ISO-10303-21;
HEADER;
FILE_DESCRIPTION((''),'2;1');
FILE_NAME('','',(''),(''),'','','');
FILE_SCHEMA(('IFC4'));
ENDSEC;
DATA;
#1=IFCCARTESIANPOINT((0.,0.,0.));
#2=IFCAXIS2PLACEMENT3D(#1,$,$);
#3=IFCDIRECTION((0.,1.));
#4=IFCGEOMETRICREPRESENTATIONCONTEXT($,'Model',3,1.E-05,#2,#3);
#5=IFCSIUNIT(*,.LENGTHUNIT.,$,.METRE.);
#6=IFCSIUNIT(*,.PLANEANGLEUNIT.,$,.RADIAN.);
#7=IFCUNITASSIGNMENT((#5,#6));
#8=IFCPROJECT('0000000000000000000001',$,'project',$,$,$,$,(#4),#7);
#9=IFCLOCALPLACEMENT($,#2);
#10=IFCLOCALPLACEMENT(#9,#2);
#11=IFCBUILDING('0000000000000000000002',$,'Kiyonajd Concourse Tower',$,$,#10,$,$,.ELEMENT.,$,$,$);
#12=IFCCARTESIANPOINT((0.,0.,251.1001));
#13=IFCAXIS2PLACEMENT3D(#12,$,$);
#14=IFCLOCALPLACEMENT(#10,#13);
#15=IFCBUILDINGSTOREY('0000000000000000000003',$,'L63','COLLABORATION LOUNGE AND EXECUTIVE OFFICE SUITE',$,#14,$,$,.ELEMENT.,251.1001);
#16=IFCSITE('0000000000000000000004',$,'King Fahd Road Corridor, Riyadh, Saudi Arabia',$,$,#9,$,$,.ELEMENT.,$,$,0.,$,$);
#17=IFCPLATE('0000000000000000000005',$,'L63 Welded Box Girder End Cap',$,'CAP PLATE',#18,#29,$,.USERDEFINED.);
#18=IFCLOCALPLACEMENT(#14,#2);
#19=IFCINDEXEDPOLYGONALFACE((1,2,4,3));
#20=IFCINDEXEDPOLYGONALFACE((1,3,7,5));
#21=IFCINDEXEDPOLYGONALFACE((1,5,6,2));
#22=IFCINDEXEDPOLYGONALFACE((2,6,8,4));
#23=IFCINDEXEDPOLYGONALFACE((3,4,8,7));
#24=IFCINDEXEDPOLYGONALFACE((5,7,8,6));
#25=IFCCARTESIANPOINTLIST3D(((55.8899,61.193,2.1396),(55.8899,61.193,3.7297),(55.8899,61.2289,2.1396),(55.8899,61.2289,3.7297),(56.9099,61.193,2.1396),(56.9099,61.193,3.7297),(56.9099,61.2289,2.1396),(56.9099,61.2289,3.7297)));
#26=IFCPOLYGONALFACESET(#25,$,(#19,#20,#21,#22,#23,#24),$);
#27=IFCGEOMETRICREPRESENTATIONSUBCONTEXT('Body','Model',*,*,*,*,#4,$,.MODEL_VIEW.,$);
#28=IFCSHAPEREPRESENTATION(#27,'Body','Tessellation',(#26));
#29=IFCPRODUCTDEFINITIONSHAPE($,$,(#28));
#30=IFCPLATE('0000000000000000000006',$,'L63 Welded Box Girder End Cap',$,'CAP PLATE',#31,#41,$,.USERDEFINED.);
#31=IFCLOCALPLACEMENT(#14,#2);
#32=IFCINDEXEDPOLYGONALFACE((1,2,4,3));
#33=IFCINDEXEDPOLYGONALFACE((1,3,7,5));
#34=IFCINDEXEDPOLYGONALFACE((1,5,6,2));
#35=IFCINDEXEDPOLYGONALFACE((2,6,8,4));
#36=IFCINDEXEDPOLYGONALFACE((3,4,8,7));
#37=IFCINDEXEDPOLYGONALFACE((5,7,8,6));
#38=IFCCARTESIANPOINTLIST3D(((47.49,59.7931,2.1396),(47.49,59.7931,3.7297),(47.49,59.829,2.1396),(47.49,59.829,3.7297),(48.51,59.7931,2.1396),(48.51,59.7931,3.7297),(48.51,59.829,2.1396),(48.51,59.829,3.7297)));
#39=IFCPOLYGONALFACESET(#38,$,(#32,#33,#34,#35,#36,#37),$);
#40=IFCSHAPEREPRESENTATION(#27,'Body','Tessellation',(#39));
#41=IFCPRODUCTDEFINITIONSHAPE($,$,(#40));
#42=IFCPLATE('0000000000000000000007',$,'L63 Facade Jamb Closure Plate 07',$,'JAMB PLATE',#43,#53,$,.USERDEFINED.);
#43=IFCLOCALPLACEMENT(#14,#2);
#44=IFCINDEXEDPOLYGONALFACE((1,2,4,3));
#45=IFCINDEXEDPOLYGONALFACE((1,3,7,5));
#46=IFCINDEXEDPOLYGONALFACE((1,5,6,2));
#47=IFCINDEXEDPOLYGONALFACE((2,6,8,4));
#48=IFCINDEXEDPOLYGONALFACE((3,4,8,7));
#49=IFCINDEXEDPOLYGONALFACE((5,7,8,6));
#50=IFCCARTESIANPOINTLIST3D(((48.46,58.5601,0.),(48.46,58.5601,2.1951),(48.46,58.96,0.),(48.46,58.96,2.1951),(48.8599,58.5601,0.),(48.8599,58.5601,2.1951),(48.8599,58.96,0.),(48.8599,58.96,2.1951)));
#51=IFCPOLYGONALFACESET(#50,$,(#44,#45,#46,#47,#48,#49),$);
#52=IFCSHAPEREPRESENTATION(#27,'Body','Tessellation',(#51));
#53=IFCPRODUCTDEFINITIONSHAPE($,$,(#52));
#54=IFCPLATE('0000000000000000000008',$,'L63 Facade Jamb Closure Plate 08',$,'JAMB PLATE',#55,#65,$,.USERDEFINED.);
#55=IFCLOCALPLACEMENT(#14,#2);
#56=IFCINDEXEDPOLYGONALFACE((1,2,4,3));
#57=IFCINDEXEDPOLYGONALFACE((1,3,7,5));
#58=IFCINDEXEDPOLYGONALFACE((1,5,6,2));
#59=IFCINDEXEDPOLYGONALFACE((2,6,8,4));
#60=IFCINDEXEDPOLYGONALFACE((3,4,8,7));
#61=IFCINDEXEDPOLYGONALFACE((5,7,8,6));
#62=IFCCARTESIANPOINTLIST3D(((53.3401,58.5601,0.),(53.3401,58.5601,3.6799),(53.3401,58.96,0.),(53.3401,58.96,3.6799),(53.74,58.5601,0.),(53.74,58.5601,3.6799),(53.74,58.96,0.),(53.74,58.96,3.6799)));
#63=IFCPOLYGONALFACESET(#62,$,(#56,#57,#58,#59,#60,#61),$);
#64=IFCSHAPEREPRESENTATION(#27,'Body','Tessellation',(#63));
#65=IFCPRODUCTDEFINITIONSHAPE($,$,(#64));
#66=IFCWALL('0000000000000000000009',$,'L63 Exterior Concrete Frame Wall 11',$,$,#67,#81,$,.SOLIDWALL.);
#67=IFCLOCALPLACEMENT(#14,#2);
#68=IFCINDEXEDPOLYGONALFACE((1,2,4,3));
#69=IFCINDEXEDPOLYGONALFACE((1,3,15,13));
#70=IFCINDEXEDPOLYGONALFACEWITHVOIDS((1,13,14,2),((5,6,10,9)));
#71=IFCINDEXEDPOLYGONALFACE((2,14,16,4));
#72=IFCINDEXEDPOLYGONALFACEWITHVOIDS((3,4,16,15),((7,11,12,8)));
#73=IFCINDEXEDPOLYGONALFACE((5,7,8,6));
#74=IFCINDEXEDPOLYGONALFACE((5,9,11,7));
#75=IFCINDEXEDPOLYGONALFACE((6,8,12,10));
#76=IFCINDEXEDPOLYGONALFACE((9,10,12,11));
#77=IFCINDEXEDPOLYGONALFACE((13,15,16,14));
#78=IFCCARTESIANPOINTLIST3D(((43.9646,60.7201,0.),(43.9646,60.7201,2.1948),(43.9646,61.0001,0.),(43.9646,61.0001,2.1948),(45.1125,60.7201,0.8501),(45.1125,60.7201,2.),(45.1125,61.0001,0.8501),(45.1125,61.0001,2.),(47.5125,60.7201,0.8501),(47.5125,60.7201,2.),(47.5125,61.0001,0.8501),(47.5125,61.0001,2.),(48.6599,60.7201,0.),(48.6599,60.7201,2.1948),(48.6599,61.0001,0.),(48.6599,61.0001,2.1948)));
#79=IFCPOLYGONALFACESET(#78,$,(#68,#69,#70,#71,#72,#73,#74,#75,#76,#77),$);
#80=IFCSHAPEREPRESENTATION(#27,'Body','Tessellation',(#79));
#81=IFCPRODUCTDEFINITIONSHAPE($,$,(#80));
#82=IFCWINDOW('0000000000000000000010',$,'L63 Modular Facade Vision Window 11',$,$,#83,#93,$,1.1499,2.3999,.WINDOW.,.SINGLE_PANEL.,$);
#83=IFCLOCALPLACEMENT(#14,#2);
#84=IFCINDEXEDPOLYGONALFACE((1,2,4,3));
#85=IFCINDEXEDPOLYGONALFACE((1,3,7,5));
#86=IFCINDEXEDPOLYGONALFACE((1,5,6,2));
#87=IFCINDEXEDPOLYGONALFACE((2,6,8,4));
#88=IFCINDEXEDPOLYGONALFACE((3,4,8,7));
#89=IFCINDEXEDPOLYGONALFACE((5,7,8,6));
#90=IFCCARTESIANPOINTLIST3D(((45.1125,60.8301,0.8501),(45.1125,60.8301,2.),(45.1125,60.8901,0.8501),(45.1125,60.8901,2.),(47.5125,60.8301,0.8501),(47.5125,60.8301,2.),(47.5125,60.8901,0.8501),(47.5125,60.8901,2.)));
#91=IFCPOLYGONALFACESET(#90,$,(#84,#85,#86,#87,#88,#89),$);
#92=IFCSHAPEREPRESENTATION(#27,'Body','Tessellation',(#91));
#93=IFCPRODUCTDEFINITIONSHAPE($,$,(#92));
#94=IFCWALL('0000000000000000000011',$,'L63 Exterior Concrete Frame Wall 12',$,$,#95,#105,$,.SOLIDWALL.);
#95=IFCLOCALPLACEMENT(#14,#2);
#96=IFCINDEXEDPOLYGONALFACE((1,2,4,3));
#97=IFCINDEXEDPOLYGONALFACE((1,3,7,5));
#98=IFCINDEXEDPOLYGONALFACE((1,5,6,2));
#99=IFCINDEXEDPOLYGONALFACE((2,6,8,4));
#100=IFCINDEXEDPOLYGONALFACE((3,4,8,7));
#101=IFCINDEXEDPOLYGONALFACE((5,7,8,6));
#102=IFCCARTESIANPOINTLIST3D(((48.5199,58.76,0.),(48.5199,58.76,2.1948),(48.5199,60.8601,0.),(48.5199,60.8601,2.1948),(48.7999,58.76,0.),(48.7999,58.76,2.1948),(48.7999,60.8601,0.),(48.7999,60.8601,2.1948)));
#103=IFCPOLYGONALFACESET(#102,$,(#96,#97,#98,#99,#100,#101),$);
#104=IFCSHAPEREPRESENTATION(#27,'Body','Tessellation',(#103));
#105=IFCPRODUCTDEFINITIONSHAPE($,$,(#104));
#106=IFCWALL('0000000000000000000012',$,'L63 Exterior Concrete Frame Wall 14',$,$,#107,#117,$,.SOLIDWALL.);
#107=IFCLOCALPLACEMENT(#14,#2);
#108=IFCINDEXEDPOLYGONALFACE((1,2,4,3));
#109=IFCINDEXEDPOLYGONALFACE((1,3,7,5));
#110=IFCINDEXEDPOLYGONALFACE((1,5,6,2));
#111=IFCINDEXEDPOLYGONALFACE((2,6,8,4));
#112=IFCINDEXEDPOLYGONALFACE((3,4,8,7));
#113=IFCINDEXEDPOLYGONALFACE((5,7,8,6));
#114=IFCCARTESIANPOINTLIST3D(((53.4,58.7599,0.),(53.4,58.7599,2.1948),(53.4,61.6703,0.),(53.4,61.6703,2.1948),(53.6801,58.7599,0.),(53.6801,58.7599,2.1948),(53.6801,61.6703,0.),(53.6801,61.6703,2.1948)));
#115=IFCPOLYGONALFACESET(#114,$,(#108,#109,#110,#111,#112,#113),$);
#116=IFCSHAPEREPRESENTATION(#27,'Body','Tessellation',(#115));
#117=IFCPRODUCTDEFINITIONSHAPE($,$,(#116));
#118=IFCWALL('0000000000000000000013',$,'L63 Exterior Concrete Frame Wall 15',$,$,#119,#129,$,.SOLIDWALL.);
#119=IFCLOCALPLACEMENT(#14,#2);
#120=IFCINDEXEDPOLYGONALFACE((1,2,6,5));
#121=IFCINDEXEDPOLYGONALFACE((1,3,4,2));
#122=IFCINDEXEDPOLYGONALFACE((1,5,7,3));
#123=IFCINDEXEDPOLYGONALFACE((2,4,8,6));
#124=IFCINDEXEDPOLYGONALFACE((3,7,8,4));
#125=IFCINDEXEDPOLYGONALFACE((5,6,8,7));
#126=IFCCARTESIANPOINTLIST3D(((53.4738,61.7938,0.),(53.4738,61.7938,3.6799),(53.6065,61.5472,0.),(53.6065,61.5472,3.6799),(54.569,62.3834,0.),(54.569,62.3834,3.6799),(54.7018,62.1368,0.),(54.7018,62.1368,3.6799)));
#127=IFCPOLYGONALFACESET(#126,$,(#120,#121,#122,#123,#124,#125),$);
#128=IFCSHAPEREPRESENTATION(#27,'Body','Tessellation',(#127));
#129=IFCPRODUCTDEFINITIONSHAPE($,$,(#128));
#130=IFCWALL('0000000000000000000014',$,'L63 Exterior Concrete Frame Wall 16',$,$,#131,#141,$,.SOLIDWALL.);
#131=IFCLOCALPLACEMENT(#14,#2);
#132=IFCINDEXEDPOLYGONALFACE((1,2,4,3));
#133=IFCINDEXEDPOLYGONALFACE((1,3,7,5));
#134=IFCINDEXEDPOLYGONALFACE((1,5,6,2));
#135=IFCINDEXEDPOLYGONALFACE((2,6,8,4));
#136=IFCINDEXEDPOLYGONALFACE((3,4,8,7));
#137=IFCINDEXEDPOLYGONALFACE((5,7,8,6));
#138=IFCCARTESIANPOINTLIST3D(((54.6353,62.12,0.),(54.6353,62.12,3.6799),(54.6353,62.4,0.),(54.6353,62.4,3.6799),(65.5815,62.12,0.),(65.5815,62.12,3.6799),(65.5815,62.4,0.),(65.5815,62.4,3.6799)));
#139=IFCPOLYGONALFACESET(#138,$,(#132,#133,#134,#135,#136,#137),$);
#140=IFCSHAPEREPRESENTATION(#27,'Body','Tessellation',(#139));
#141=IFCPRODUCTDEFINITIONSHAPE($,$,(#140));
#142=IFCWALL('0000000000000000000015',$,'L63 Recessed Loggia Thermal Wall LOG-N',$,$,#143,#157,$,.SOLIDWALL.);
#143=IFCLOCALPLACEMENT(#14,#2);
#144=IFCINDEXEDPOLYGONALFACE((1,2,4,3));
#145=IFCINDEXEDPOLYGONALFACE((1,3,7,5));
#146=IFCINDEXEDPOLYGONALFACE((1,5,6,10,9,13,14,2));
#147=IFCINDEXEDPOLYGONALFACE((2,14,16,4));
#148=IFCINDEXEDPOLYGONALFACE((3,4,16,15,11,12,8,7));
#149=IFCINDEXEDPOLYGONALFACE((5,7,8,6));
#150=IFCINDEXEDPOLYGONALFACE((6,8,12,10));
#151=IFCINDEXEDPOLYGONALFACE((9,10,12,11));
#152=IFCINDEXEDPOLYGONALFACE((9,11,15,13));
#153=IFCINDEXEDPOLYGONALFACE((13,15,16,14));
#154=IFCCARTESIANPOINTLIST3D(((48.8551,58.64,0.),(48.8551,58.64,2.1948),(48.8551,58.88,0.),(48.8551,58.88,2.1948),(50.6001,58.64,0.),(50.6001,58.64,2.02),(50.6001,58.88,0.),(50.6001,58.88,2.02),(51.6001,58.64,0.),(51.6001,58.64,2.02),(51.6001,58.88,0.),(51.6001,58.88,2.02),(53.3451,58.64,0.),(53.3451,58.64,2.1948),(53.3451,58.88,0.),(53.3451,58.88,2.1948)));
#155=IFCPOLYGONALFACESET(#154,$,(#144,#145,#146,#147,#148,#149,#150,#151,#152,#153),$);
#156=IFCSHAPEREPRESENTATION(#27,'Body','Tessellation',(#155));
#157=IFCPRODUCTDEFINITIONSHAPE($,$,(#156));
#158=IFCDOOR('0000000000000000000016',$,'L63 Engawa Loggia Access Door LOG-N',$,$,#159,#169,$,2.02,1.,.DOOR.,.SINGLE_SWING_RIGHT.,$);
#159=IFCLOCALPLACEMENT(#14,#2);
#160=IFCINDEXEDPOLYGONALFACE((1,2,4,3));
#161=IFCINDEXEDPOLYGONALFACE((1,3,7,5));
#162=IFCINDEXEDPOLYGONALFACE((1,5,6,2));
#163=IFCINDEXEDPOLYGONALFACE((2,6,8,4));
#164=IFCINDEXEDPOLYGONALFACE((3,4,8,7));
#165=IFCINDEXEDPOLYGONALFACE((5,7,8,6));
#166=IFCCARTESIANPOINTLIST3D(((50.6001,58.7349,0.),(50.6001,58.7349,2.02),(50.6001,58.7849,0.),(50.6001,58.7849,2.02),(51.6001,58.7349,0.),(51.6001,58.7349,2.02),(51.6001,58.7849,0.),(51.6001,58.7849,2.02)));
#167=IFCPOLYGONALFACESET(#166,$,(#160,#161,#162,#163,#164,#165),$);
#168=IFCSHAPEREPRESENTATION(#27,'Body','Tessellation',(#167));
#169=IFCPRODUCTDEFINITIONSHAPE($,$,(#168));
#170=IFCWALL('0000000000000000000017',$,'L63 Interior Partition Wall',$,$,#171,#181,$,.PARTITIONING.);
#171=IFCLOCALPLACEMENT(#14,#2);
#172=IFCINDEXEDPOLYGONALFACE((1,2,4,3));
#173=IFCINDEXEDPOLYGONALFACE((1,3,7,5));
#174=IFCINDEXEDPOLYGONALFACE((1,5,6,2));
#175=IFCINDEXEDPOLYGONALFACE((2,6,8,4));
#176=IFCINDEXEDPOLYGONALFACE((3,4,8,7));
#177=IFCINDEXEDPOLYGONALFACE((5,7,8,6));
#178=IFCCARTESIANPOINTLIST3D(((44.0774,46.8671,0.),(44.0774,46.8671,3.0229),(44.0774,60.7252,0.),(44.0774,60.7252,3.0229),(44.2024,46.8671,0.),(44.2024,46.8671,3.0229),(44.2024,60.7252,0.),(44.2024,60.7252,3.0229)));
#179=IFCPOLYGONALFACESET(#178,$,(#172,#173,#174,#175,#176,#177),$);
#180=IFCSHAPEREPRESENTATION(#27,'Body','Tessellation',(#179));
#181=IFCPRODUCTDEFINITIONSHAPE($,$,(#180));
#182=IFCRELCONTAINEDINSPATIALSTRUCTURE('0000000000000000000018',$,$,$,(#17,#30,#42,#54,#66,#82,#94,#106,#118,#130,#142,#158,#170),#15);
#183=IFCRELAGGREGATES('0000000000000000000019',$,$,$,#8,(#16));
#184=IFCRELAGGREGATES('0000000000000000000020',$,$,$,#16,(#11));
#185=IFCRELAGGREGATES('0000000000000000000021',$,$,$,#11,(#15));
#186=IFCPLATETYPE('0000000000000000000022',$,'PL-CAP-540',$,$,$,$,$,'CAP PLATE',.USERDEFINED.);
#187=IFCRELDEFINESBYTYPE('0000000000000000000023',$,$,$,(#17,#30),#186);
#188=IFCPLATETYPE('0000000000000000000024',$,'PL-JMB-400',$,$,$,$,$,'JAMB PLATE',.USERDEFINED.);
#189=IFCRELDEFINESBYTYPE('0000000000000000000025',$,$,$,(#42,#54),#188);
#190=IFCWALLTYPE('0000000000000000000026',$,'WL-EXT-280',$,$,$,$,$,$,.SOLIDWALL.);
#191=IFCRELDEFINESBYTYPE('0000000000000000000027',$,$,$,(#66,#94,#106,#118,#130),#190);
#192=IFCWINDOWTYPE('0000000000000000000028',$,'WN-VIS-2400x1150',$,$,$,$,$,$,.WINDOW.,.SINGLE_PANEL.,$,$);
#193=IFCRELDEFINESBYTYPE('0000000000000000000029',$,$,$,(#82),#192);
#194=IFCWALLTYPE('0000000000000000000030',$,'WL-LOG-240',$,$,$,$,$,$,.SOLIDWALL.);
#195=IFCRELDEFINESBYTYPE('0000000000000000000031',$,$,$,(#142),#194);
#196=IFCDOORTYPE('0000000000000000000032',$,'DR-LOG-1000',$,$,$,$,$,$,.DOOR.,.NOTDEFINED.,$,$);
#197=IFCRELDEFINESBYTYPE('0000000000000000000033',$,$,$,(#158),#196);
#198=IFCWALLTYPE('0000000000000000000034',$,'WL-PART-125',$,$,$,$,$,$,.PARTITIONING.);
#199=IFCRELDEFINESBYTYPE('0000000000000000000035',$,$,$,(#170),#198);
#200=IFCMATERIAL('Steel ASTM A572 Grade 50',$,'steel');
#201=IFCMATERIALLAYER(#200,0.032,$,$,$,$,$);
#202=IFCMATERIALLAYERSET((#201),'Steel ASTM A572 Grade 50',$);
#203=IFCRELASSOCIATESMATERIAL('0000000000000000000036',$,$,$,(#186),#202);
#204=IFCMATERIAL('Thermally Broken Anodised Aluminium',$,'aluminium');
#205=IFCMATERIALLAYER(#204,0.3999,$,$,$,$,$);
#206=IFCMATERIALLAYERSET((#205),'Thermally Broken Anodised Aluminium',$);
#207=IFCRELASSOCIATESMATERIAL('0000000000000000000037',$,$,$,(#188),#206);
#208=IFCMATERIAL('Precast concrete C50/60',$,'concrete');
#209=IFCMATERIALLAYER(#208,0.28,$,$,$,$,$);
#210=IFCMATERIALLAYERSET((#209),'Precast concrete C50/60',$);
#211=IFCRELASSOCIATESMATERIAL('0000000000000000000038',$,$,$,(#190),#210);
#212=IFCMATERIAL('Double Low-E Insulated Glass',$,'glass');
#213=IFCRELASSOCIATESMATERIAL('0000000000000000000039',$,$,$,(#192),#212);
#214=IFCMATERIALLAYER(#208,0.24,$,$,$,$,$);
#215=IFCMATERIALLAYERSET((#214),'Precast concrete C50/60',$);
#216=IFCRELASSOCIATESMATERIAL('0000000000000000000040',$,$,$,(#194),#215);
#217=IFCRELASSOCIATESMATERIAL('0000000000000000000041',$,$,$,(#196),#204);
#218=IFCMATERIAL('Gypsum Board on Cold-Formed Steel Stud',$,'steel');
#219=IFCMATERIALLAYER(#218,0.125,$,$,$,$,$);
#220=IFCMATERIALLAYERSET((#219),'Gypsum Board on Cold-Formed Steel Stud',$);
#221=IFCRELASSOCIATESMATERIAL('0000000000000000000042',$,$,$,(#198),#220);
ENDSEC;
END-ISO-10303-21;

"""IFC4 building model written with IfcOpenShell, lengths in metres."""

from ifc_helpers import new_model, si_unit, direction, frame, frame_2d, origin, origin_2d, place, context, subcontext, project, spatial, rectangle, extrude, material, layer, layer_set, type_object, element, fill, save


model = new_model("IFC4")

# Units and contexts
model_context = context("Model", 3, precision=1e-05, world=origin(), true_north=direction((0.0, 1.0)))
body_context = subcontext(model_context, "Body", "Model", "MODEL_VIEW")
ifc_project = project(units=[si_unit("LENGTHUNIT", "METRE"), si_unit("PLANEANGLEUNIT", "RADIAN")], contexts=[model_context])

# Site, building, storey
site_placement = place(None, origin())
site = spatial("IfcSite", under=ifc_project, at=site_placement, Name="King Fahd Road Corridor, Riyadh, Saudi Arabia", CompositionType="ELEMENT", RefElevation=0.0)
building_placement = place(site_placement, origin())
building = spatial("IfcBuilding", under=site, at=building_placement, Name="Kiyonajd Concourse Tower", CompositionType="ELEMENT")
storey_placement = place(building_placement, frame((0.0, 0.0, 251.1001)))
storey = spatial("IfcBuildingStorey", under=building, at=storey_placement, Name="L63", Description="COLLABORATION LOUNGE AND EXECUTIVE OFFICE SUITE", CompositionType="ELEMENT", Elevation=251.1001)

# Shared definitions
ifc_material_1 = material(Name="Steel ASTM A572 Grade 50", Category="steel")

# Plates
ifc_layer_1 = layer(ifc_material_1, 0.032)
ifc_layer_set_1 = layer_set([ifc_layer_1], Name="Steel ASTM A572 Grade 50")
plate_type_1 = type_object("IfcPlateType", Name="PL-CAP-540", ElementType="CAP PLATE", PredefinedType="USERDEFINED", material=ifc_layer_set_1)
for number, where, z_axis, x_axis, name in (
    (1, (56.3999, 61.2109, 2.1396), (0.0, 0.0, 1.0), (0.0, 1.0, 0.0), "L63 Welded Box Girder End Cap"),
    (2, (48.0, 59.811, 2.1396), (0.0, 0.0, 1.0), (0.0, 1.0, 0.0), "L63 Welded Box Girder End Cap"),
):
    element("IfcPlate", number, at=place(storey_placement, frame(where, z_axis=z_axis, x_axis=x_axis)), inside=storey, type_object=plate_type_1, Name=name, ObjectType="CAP PLATE", PredefinedType="USERDEFINED", context=body_context, shape_type="SweptSolid", body=[
        extrude(rectangle(XDim=0.0359, YDim=1.02, at=origin_2d()), origin(), (0.0, 0.0, 1.0), 1.5901),
    ])
ifc_material_2 = material(Name="Thermally Broken Anodised Aluminium", Category="aluminium")
ifc_layer_2 = layer(ifc_material_2, 0.3999)
ifc_layer_set_2 = layer_set([ifc_layer_2], Name="Thermally Broken Anodised Aluminium")
plate_type_2 = type_object("IfcPlateType", Name="PL-JMB-400", ElementType="JAMB PLATE", PredefinedType="USERDEFINED", material=ifc_layer_set_2)
plate_1_placement = place(storey_placement, frame((48.6599, 58.76, 0.0), z_axis=(0.0, 0.0, 1.0), x_axis=(1.0, 0.0, 0.0)))
element("IfcPlate", 3, at=plate_1_placement, inside=storey, type_object=plate_type_2, Name="L63 Facade Jamb Closure Plate 07", ObjectType="JAMB PLATE", PredefinedType="USERDEFINED", context=body_context, shape_type="SweptSolid", body=[
    extrude(rectangle(XDim=0.3999, YDim=0.3999, at=origin_2d()), origin(), (0.0, 0.0, 1.0), 2.1951),
])
plate_2_placement = place(storey_placement, frame((53.54, 58.76, 0.0), z_axis=(0.0, 0.0, 1.0), x_axis=(1.0, 0.0, 0.0)))
element("IfcPlate", 4, at=plate_2_placement, inside=storey, type_object=plate_type_2, Name="L63 Facade Jamb Closure Plate 08", ObjectType="JAMB PLATE", PredefinedType="USERDEFINED", context=body_context, shape_type="SweptSolid", body=[
    extrude(rectangle(XDim=0.3999, YDim=0.3999, at=origin_2d()), origin(), (0.0, 0.0, 1.0), 3.6799),
])

# Wall, opening, window
ifc_material_3 = material(Name="Precast concrete C50/60", Category="concrete")
ifc_layer_3 = layer(ifc_material_3, 0.28)
ifc_layer_set_3 = layer_set([ifc_layer_3], Name="Precast concrete C50/60")
wall_type_1 = type_object("IfcWallType", Name="WL-EXT-280", PredefinedType="SOLIDWALL", material=ifc_layer_set_3)
wall_1_placement = place(storey_placement, frame((43.9646, 60.8601, 0.0), z_axis=(0.0, 0.0, 1.0), x_axis=(1.0, 0.0, 0.0)))
wall_1 = element("IfcWall", 5, at=wall_1_placement, inside=storey, type_object=wall_type_1, Name="L63 Exterior Concrete Frame Wall 11", PredefinedType="SOLIDWALL", context=body_context, shape_type="SweptSolid", body=[
    extrude(rectangle(XDim=4.6953, YDim=0.28, at=frame_2d((2.3477, 0.0))), origin(), (0.0, 0.0, 1.0), 2.1948),
])
opening_1_placement = place(wall_1_placement, frame((1.1479, 0.0, 0.8501)))
opening_1 = element("IfcOpeningElement", 6, at=opening_1_placement, cuts=wall_1, PredefinedType="OPENING", context=body_context, shape_type="SweptSolid", body=[
    extrude(rectangle(XDim=2.3999, YDim=1.1499, at=frame_2d((1.2, 0.575))), frame((0.0, 0.1499, 0.0), z_axis=(0.0, -1.0, 0.0), x_axis=(1.0, 0.0, 0.0)), (0.0, 0.0, 1.0), 0.3),
])
ifc_material_4 = material(Name="Double Low-E Insulated Glass", Category="glass")
window_type = type_object("IfcWindowType", Name="WN-VIS-2400x1150", PartitioningType="SINGLE_PANEL", PredefinedType="WINDOW", material=ifc_material_4)
window_placement = place(opening_1_placement, origin())
window = element("IfcWindow", 7, at=window_placement, inside=storey, type_object=window_type, Name="L63 Modular Facade Vision Window 11", OverallHeight=1.1499, OverallWidth=2.3999, PartitioningType="SINGLE_PANEL", PredefinedType="WINDOW", context=body_context, shape_type="SweptSolid", body=[
    extrude(rectangle(XDim=2.3999, YDim=1.1499, at=frame_2d((1.2, 0.575))), frame((0.0, 0.03, 0.0), z_axis=(0.0, -1.0, 0.0), x_axis=(1.0, 0.0, 0.0)), (0.0, 0.0, 1.0), 0.0601),
])
fill(opening_1, window)

# Walls
wall_2_placement = place(storey_placement, frame((48.6599, 60.8601, 0.0), z_axis=(0.0, 0.0, 1.0), x_axis=(0.0, -1.0, 0.0)))
element("IfcWall", 8, at=wall_2_placement, inside=storey, type_object=wall_type_1, Name="L63 Exterior Concrete Frame Wall 12", PredefinedType="SOLIDWALL", context=body_context, shape_type="SweptSolid", body=[
    extrude(rectangle(XDim=2.1001, YDim=0.28, at=frame_2d((1.05, 0.0))), origin(), (0.0, 0.0, 1.0), 2.1948),
])
wall_3_placement = place(storey_placement, frame((53.54, 58.76, 0.0), z_axis=(0.0, 0.0, 1.0), x_axis=(0.0, 1.0, 0.0)))
element("IfcWall", 9, at=wall_3_placement, inside=storey, type_object=wall_type_1, Name="L63 Exterior Concrete Frame Wall 14", PredefinedType="SOLIDWALL", context=body_context, shape_type="SweptSolid", body=[
    extrude(rectangle(XDim=2.9104, YDim=0.28, at=frame_2d((1.4551, 0.0))), origin(), (0.0, 0.0, 1.0), 2.1948),
])
wall_4_placement = place(storey_placement, frame((53.54, 61.6704, 0.0), z_axis=(0.0, 0.0, 1.0), x_axis=(0.880515, 0.474018, 0.0)))
element("IfcWall", 10, at=wall_4_placement, inside=storey, type_object=wall_type_1, Name="L63 Exterior Concrete Frame Wall 15", PredefinedType="SOLIDWALL", context=body_context, shape_type="SweptSolid", body=[
    extrude(rectangle(XDim=1.2439, YDim=0.28, at=frame_2d((0.6221, 0.0))), origin(), (0.0, 0.0, 1.0), 3.6799),
])
wall_5_placement = place(storey_placement, frame((54.6353, 62.26, 0.0), z_axis=(0.0, 0.0, 1.0), x_axis=(1.0, 0.0, 0.0)))
element("IfcWall", 11, at=wall_5_placement, inside=storey, type_object=wall_type_1, Name="L63 Exterior Concrete Frame Wall 16", PredefinedType="SOLIDWALL", context=body_context, shape_type="SweptSolid", body=[
    extrude(rectangle(XDim=10.9463, YDim=0.28, at=frame_2d((5.4731, 0.0))), origin(), (0.0, 0.0, 1.0), 3.6799),
])

# Wall, opening, door
ifc_layer_4 = layer(ifc_material_3, 0.24)
ifc_layer_set_4 = layer_set([ifc_layer_4], Name="Precast concrete C50/60")
wall_type_2 = type_object("IfcWallType", Name="WL-LOG-240", PredefinedType="SOLIDWALL", material=ifc_layer_set_4)
wall_6_placement = place(storey_placement, frame((48.855, 58.76, 0.0), z_axis=(0.0, 0.0, 1.0), x_axis=(1.0, 0.0, 0.0)))
wall_6 = element("IfcWall", 12, at=wall_6_placement, inside=storey, type_object=wall_type_2, Name="L63 Recessed Loggia Thermal Wall LOG-N", PredefinedType="SOLIDWALL", context=body_context, shape_type="SweptSolid", body=[
    extrude(rectangle(XDim=4.49, YDim=0.24, at=frame_2d((2.2451, 0.0))), origin(), (0.0, 0.0, 1.0), 2.1948),
])
opening_2_placement = place(wall_6_placement, frame((1.7451, 0.0, 0.0)))
opening_2 = element("IfcOpeningElement", 13, at=opening_2_placement, cuts=wall_6, PredefinedType="OPENING", context=body_context, shape_type="SweptSolid", body=[
    extrude(rectangle(XDim=1.0, YDim=2.02, at=frame_2d((0.5, 1.01))), frame((0.0, 0.1299, 0.0), z_axis=(0.0, -1.0, 0.0), x_axis=(1.0, 0.0, 0.0)), (0.0, 0.0, 1.0), 0.26),
])
door_type = type_object("IfcDoorType", Name="DR-LOG-1000", OperationType="NOTDEFINED", PredefinedType="DOOR", material=ifc_material_2)
door_placement = place(opening_2_placement, origin())
door = element("IfcDoor", 14, at=door_placement, inside=storey, type_object=door_type, Name="L63 Engawa Loggia Access Door LOG-N", OperationType="SINGLE_SWING_RIGHT", OverallHeight=2.02, OverallWidth=1.0, PredefinedType="DOOR", context=body_context, shape_type="SweptSolid", body=[
    extrude(rectangle(XDim=1.0, YDim=2.02, at=frame_2d((0.5, 1.01))), frame((0.0, 0.0249, 0.0), z_axis=(0.0, -1.0, 0.0), x_axis=(1.0, 0.0, 0.0)), (0.0, 0.0, 1.0), 0.05),
])
fill(opening_2, door)

# Wall
ifc_material_5 = material(Name="Gypsum Board on Cold-Formed Steel Stud", Category="steel")
ifc_layer_5 = layer(ifc_material_5, 0.125)
ifc_layer_set_5 = layer_set([ifc_layer_5], Name="Gypsum Board on Cold-Formed Steel Stud")
wall_type_3 = type_object("IfcWallType", Name="WL-PART-125", PredefinedType="PARTITIONING", material=ifc_layer_set_5)
wall_7_placement = place(storey_placement, frame((44.1399, 46.8669, 0.0), z_axis=(0.0, 0.0, 1.0), x_axis=(0.0, 1.0, 0.0)))
element("IfcWall", 15, at=wall_7_placement, inside=storey, type_object=wall_type_3, Name="L63 Interior Partition Wall", PredefinedType="PARTITIONING", context=body_context, shape_type="SweptSolid", body=[
    extrude(rectangle(XDim=13.8582, YDim=0.125, at=frame_2d((6.9292, 0.0))), origin(), (0.0, 0.0, 1.0), 3.0229),
])

save(model, "model.ifc")
